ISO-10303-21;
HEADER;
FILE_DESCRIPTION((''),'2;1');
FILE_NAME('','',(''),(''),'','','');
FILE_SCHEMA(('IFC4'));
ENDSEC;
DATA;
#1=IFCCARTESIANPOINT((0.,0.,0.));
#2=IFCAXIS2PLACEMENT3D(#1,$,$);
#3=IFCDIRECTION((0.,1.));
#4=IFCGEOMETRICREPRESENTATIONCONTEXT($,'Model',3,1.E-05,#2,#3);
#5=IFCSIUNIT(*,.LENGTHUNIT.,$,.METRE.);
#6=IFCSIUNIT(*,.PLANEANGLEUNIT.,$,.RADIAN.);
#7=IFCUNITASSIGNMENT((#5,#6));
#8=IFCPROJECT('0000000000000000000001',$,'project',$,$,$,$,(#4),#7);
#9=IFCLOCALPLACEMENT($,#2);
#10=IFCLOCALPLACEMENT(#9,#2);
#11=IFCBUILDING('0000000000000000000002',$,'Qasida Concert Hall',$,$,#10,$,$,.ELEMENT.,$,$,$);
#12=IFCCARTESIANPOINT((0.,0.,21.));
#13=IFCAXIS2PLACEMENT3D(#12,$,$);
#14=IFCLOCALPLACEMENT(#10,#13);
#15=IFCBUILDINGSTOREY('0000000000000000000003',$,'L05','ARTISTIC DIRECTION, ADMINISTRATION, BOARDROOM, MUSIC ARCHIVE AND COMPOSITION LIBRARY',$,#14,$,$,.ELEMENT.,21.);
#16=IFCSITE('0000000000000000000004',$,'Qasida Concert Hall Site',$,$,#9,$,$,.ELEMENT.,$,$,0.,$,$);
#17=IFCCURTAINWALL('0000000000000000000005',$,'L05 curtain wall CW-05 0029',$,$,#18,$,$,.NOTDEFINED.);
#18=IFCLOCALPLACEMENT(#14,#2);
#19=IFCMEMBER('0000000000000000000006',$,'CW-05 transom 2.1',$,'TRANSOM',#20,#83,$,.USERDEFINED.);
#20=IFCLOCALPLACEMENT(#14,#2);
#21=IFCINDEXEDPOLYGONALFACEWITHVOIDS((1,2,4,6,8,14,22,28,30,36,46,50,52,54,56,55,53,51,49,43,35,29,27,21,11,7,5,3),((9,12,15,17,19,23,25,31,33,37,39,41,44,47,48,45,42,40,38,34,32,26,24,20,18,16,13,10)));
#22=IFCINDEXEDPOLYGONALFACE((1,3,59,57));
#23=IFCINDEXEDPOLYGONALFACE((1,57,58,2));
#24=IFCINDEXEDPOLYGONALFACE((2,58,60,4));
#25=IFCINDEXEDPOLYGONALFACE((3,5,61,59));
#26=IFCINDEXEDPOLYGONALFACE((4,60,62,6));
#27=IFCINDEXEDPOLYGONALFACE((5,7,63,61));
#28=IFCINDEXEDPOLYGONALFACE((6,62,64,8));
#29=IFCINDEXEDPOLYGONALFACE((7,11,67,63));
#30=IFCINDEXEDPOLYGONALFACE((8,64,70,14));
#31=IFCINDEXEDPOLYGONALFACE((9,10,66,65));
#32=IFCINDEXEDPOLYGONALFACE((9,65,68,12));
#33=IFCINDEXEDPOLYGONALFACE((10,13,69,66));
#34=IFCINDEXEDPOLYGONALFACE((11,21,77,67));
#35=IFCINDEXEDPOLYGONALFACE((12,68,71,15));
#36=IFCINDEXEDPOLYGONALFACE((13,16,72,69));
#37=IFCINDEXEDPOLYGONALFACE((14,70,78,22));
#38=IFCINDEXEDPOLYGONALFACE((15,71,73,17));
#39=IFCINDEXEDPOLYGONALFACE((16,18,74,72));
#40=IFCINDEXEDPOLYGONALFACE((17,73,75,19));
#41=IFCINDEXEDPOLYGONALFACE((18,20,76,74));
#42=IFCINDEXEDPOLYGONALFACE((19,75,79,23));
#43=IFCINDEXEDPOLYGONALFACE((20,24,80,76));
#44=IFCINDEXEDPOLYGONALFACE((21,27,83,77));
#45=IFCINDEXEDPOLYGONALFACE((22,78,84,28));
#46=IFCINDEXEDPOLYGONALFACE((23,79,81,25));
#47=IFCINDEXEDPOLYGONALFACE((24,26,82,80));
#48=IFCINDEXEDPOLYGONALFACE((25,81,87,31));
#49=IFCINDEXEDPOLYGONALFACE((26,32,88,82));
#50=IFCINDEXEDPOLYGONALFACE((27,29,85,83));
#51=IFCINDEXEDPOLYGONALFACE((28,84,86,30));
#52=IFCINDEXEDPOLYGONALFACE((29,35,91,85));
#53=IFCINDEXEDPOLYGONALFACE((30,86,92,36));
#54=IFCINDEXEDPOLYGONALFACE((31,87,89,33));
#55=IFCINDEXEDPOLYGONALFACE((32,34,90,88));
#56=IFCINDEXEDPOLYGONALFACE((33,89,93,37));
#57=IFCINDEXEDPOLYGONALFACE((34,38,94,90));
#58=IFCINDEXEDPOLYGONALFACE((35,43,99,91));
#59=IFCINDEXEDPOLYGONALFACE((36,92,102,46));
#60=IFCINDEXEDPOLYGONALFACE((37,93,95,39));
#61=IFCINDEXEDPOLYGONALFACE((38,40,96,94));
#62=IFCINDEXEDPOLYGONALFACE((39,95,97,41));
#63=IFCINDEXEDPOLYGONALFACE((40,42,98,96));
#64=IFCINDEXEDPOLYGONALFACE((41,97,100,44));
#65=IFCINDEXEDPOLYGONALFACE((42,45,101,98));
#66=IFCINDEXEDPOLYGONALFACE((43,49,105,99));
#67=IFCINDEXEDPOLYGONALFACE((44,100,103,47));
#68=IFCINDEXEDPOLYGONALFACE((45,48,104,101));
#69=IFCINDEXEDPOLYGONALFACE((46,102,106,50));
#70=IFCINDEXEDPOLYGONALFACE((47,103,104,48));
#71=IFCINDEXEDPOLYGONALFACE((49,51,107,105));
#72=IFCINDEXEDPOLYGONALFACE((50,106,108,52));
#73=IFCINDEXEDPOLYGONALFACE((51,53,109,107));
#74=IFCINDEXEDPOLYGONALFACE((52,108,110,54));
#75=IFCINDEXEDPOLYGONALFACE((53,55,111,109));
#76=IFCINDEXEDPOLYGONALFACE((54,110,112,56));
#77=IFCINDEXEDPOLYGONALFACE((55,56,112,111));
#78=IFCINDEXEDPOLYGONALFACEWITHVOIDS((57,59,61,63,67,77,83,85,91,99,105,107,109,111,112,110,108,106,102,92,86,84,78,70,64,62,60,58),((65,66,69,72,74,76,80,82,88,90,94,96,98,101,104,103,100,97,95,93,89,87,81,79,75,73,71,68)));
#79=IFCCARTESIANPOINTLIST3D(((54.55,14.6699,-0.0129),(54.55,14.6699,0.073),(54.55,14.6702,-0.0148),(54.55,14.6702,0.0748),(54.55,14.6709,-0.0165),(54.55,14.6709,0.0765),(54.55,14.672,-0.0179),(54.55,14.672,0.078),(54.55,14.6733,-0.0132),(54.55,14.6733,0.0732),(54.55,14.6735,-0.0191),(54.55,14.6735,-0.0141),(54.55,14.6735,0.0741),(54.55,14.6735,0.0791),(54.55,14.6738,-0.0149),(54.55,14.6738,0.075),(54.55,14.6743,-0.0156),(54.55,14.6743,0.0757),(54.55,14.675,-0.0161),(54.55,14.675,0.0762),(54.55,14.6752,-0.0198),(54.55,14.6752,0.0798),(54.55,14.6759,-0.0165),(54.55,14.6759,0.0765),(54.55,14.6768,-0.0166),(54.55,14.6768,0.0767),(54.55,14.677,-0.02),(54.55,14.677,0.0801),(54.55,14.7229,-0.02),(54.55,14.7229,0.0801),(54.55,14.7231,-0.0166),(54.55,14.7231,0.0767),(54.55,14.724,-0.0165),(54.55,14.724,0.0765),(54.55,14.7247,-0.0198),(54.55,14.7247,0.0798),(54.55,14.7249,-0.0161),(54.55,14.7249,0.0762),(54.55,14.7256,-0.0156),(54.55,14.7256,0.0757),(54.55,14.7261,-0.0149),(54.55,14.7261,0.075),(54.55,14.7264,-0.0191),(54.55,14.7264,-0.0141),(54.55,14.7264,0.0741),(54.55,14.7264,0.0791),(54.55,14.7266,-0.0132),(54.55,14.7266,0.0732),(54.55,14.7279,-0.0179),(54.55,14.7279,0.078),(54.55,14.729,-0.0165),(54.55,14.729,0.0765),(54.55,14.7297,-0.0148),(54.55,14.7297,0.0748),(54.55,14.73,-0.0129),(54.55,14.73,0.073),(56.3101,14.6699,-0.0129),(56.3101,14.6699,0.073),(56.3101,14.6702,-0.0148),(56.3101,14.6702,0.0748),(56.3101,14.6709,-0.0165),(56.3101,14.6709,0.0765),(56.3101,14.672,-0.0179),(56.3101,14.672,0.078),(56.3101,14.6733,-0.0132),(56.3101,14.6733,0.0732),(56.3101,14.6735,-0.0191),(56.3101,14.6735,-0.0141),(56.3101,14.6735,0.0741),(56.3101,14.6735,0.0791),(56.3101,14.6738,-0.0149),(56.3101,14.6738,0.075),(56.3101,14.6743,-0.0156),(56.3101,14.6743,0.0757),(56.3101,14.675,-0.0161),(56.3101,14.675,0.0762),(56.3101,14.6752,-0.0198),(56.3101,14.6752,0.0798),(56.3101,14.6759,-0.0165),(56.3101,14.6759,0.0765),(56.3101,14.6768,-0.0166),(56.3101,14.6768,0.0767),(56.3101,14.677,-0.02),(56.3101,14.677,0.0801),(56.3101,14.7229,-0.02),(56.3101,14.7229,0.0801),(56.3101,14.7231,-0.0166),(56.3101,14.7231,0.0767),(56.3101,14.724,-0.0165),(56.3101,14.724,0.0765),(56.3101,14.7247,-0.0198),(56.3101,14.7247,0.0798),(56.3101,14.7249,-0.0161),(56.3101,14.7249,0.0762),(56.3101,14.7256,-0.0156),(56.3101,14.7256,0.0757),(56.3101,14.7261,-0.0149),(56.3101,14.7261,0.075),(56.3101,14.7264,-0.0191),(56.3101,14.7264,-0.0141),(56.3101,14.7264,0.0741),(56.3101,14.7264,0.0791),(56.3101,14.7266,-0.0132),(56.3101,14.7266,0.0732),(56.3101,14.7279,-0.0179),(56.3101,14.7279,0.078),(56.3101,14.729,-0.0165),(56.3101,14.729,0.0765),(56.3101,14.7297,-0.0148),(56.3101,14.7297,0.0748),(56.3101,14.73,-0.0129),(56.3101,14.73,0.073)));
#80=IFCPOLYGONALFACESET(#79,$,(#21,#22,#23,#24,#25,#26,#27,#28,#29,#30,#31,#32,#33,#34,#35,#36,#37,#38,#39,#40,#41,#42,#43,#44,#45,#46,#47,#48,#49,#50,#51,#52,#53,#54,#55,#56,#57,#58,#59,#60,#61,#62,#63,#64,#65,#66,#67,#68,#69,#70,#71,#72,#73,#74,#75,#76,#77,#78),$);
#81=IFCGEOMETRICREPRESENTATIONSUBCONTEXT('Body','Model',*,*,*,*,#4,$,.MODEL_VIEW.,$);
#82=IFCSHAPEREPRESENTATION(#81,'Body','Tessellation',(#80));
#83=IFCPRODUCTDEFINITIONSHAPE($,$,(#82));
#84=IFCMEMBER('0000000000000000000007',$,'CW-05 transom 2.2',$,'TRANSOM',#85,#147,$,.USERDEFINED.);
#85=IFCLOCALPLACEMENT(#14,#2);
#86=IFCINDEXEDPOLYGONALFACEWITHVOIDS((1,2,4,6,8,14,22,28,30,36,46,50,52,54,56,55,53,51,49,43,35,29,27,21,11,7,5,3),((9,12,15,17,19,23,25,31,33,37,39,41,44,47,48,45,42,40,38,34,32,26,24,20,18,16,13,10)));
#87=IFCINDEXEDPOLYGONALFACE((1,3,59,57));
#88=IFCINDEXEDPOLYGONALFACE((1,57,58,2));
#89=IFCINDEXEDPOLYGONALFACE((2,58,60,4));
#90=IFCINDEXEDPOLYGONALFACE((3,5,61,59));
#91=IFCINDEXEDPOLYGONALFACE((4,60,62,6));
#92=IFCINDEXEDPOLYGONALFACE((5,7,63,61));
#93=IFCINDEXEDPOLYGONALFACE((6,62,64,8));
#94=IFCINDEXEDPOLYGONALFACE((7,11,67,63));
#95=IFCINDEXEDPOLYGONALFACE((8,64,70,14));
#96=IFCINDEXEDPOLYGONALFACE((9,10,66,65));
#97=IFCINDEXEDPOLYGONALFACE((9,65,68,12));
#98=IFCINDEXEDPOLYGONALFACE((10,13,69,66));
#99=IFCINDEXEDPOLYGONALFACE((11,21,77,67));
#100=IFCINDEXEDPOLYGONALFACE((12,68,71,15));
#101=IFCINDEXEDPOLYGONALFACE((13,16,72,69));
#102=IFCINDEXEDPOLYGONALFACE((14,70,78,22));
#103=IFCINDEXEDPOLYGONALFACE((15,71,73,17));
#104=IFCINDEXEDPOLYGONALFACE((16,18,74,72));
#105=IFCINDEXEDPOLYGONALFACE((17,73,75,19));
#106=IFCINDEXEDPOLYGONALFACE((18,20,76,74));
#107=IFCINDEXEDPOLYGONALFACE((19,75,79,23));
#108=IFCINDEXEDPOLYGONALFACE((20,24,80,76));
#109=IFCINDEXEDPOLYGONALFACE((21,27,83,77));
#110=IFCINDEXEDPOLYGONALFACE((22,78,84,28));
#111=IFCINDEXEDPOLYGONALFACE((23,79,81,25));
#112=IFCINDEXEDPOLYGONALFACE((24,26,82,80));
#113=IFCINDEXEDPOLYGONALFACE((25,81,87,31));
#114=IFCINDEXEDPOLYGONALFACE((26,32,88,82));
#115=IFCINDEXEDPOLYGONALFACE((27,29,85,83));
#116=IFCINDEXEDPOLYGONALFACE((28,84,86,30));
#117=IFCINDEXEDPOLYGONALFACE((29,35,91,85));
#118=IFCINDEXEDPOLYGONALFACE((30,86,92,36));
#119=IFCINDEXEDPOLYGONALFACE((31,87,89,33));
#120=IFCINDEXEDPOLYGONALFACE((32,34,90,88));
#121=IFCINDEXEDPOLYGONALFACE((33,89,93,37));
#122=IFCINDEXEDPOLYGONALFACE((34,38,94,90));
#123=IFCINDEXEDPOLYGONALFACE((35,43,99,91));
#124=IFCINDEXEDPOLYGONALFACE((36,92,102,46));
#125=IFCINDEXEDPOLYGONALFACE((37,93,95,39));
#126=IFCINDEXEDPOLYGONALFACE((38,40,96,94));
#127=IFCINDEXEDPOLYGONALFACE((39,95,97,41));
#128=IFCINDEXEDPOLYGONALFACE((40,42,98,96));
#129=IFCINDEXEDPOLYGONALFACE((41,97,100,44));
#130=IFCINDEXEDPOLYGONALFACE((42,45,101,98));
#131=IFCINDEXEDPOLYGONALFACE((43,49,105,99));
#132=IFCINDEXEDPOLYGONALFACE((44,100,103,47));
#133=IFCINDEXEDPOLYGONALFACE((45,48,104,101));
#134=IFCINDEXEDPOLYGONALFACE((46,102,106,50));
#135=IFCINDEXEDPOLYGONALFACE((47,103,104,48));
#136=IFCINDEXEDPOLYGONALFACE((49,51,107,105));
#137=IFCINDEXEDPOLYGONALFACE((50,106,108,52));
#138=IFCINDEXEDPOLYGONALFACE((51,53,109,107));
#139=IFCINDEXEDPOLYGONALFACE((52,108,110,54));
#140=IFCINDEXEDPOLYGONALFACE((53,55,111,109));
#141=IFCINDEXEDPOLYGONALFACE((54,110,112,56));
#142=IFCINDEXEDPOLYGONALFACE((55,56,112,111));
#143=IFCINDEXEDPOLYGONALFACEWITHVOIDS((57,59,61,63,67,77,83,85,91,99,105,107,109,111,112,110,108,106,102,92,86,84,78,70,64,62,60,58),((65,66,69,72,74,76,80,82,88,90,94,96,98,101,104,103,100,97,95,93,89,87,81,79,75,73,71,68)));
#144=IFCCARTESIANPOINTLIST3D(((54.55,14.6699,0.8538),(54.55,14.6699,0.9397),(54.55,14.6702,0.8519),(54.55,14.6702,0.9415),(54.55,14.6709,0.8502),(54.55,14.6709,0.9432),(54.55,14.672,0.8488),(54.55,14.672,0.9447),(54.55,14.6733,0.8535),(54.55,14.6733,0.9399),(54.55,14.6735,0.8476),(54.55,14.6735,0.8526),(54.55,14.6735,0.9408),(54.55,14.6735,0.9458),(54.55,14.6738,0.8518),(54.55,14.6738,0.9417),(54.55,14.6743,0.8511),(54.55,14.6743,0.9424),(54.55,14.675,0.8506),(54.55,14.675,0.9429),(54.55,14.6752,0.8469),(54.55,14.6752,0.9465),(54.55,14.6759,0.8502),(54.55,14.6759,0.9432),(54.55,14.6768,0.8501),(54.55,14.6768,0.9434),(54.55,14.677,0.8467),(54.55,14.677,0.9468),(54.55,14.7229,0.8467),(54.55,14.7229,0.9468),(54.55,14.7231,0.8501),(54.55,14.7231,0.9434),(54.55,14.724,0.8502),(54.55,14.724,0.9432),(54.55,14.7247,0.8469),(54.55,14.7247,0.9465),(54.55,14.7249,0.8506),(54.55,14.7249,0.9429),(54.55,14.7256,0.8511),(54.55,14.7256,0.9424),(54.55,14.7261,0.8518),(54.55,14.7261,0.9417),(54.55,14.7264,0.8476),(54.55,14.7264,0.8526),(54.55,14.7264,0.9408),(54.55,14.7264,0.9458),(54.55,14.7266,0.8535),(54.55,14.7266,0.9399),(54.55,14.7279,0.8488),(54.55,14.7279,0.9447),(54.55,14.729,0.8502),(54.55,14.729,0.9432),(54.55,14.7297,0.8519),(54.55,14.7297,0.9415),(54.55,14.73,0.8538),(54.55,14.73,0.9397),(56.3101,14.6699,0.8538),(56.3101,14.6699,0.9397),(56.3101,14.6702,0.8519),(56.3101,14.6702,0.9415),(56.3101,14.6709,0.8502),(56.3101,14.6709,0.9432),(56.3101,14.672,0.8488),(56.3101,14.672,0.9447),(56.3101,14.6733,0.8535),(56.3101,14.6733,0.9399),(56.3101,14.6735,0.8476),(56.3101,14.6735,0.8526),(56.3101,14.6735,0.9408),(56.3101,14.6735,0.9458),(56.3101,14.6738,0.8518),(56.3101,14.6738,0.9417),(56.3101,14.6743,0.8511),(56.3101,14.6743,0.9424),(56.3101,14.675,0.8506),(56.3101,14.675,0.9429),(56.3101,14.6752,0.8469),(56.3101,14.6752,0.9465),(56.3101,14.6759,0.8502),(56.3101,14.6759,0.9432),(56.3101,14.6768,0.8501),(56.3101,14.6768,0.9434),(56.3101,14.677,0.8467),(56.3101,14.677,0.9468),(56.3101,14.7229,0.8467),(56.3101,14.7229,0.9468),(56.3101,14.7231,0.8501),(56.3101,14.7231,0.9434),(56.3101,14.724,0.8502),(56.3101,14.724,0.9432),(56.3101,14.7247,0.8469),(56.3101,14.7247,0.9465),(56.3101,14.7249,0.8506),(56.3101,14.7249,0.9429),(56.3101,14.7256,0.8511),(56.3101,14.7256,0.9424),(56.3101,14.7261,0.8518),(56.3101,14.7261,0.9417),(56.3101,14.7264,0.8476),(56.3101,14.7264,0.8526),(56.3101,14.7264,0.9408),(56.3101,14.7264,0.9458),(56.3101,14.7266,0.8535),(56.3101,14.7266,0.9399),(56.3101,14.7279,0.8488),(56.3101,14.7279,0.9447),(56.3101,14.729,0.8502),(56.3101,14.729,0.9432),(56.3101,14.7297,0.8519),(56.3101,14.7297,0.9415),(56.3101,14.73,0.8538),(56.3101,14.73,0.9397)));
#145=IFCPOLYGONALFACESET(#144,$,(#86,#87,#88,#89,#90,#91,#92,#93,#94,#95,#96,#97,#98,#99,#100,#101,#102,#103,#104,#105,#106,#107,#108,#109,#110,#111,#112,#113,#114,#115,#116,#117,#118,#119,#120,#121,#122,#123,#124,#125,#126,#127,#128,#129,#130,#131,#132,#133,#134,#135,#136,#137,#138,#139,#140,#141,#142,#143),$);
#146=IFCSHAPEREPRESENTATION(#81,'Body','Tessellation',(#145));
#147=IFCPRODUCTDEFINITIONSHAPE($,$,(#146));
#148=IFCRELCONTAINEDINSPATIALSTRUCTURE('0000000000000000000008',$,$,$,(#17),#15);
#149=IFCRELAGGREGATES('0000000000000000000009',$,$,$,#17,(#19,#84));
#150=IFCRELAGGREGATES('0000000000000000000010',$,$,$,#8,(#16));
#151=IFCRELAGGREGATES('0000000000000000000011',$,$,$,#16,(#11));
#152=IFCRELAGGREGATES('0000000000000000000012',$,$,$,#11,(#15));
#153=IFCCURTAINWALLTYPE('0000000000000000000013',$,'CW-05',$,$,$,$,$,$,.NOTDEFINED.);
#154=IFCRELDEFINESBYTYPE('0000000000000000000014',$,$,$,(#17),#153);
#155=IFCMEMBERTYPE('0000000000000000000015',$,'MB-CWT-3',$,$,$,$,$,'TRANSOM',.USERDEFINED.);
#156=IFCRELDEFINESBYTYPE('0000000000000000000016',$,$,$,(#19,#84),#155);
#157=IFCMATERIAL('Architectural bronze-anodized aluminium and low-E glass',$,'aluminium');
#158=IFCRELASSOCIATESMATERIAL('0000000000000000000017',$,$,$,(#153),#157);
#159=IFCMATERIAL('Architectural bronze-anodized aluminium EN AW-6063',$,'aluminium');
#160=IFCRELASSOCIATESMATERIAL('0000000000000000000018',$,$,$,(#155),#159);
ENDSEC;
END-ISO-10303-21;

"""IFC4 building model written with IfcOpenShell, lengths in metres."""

from ifc_helpers import new_model, si_unit, direction, frame, origin, origin_2d, place, context, subcontext, project, spatial, hollow_rectangle, extrude, material, material_profile, profile_set, type_object, element, aggregate, save


model = new_model("IFC4")

# Units and contexts
model_context = context("Model", 3, precision=1e-05, world=origin(), true_north=direction((0.0, 1.0)))
body_context = subcontext(model_context, "Body", "Model", "MODEL_VIEW")
ifc_project = project(units=[si_unit("LENGTHUNIT", "METRE"), si_unit("PLANEANGLEUNIT", "RADIAN")], contexts=[model_context])

# Site, building, storey
site_placement = place(None, origin())
site = spatial("IfcSite", under=ifc_project, at=site_placement, Name="Qasida Concert Hall Site", CompositionType="ELEMENT", RefElevation=0.0)
building_placement = place(site_placement, origin())
building = spatial("IfcBuilding", under=site, at=building_placement, Name="Qasida Concert Hall", CompositionType="ELEMENT")
storey_placement = place(building_placement, frame((0.0, 0.0, 21.0)))
storey = spatial("IfcBuildingStorey", under=building, at=storey_placement, Name="L05", Description="ARTISTIC DIRECTION, ADMINISTRATION, BOARDROOM, MUSIC ARCHIVE AND COMPOSITION LIBRARY", CompositionType="ELEMENT", Elevation=21.0)

# Curtain wall, members
ifc_material_1 = material(Name="Architectural bronze-anodized aluminium and low-E glass", Category="aluminium")
curtain_wall_type = type_object("IfcCurtainWallType", Name="CW-05", PredefinedType="NOTDEFINED", material=ifc_material_1)
curtain_wall_placement = place(storey_placement, origin())
curtain_wall = element("IfcCurtainWall", 1, at=curtain_wall_placement, inside=storey, type_object=curtain_wall_type, Name="L05 curtain wall CW-05 0029", PredefinedType="NOTDEFINED")
ifc_material_2 = material(Name="Architectural bronze-anodized aluminium EN AW-6063", Category="aluminium")
ifc_material_profile_1 = material_profile(ifc_material_2, hollow_rectangle(XDim=0.0601, YDim=0.1001, WallThickness=0.0034, InnerFilletRadius=0.0034, OuterFilletRadius=0.0071, at=origin_2d()), Name="CWT 100x60x3.5")
ifc_profile_set_1 = profile_set([ifc_material_profile_1], Name="Architectural bronze-anodized aluminium EN AW-6063")
member_type_1 = type_object("IfcMemberType", Name="MB-CWT-3", ElementType="TRANSOM", PredefinedType="USERDEFINED", material=ifc_profile_set_1)
member_1_placement = place(storey_placement, frame((54.55, 14.7, 0.03), z_axis=(1.0, 0.0, 0.0), x_axis=(0.0, 1.0, 0.0)))
member_1 = element("IfcMember", 2, at=member_1_placement, type_object=member_type_1, Name="CW-05 transom 2.1", ObjectType="TRANSOM", PredefinedType="USERDEFINED", context=body_context, shape_type="SweptSolid", body=[
    extrude(hollow_rectangle(XDim=0.0601, YDim=0.1001, WallThickness=0.0034, InnerFilletRadius=0.0034, OuterFilletRadius=0.0071, at=origin_2d()), origin(), (0.0, 0.0, 1.0), 1.76),
])
member_2_placement = place(storey_placement, frame((54.55, 14.7, 0.8967), z_axis=(1.0, 0.0, 0.0), x_axis=(0.0, 1.0, 0.0)))
member_2 = element("IfcMember", 3, at=member_2_placement, type_object=member_type_1, Name="CW-05 transom 2.2", ObjectType="TRANSOM", PredefinedType="USERDEFINED", context=body_context, shape_type="SweptSolid", body=[
    extrude(hollow_rectangle(XDim=0.0601, YDim=0.1001, WallThickness=0.0034, InnerFilletRadius=0.0034, OuterFilletRadius=0.0071, at=origin_2d()), origin(), (0.0, 0.0, 1.0), 1.76),
])
aggregate(curtain_wall, [member_1, member_2])

save(model, "model.ifc")
